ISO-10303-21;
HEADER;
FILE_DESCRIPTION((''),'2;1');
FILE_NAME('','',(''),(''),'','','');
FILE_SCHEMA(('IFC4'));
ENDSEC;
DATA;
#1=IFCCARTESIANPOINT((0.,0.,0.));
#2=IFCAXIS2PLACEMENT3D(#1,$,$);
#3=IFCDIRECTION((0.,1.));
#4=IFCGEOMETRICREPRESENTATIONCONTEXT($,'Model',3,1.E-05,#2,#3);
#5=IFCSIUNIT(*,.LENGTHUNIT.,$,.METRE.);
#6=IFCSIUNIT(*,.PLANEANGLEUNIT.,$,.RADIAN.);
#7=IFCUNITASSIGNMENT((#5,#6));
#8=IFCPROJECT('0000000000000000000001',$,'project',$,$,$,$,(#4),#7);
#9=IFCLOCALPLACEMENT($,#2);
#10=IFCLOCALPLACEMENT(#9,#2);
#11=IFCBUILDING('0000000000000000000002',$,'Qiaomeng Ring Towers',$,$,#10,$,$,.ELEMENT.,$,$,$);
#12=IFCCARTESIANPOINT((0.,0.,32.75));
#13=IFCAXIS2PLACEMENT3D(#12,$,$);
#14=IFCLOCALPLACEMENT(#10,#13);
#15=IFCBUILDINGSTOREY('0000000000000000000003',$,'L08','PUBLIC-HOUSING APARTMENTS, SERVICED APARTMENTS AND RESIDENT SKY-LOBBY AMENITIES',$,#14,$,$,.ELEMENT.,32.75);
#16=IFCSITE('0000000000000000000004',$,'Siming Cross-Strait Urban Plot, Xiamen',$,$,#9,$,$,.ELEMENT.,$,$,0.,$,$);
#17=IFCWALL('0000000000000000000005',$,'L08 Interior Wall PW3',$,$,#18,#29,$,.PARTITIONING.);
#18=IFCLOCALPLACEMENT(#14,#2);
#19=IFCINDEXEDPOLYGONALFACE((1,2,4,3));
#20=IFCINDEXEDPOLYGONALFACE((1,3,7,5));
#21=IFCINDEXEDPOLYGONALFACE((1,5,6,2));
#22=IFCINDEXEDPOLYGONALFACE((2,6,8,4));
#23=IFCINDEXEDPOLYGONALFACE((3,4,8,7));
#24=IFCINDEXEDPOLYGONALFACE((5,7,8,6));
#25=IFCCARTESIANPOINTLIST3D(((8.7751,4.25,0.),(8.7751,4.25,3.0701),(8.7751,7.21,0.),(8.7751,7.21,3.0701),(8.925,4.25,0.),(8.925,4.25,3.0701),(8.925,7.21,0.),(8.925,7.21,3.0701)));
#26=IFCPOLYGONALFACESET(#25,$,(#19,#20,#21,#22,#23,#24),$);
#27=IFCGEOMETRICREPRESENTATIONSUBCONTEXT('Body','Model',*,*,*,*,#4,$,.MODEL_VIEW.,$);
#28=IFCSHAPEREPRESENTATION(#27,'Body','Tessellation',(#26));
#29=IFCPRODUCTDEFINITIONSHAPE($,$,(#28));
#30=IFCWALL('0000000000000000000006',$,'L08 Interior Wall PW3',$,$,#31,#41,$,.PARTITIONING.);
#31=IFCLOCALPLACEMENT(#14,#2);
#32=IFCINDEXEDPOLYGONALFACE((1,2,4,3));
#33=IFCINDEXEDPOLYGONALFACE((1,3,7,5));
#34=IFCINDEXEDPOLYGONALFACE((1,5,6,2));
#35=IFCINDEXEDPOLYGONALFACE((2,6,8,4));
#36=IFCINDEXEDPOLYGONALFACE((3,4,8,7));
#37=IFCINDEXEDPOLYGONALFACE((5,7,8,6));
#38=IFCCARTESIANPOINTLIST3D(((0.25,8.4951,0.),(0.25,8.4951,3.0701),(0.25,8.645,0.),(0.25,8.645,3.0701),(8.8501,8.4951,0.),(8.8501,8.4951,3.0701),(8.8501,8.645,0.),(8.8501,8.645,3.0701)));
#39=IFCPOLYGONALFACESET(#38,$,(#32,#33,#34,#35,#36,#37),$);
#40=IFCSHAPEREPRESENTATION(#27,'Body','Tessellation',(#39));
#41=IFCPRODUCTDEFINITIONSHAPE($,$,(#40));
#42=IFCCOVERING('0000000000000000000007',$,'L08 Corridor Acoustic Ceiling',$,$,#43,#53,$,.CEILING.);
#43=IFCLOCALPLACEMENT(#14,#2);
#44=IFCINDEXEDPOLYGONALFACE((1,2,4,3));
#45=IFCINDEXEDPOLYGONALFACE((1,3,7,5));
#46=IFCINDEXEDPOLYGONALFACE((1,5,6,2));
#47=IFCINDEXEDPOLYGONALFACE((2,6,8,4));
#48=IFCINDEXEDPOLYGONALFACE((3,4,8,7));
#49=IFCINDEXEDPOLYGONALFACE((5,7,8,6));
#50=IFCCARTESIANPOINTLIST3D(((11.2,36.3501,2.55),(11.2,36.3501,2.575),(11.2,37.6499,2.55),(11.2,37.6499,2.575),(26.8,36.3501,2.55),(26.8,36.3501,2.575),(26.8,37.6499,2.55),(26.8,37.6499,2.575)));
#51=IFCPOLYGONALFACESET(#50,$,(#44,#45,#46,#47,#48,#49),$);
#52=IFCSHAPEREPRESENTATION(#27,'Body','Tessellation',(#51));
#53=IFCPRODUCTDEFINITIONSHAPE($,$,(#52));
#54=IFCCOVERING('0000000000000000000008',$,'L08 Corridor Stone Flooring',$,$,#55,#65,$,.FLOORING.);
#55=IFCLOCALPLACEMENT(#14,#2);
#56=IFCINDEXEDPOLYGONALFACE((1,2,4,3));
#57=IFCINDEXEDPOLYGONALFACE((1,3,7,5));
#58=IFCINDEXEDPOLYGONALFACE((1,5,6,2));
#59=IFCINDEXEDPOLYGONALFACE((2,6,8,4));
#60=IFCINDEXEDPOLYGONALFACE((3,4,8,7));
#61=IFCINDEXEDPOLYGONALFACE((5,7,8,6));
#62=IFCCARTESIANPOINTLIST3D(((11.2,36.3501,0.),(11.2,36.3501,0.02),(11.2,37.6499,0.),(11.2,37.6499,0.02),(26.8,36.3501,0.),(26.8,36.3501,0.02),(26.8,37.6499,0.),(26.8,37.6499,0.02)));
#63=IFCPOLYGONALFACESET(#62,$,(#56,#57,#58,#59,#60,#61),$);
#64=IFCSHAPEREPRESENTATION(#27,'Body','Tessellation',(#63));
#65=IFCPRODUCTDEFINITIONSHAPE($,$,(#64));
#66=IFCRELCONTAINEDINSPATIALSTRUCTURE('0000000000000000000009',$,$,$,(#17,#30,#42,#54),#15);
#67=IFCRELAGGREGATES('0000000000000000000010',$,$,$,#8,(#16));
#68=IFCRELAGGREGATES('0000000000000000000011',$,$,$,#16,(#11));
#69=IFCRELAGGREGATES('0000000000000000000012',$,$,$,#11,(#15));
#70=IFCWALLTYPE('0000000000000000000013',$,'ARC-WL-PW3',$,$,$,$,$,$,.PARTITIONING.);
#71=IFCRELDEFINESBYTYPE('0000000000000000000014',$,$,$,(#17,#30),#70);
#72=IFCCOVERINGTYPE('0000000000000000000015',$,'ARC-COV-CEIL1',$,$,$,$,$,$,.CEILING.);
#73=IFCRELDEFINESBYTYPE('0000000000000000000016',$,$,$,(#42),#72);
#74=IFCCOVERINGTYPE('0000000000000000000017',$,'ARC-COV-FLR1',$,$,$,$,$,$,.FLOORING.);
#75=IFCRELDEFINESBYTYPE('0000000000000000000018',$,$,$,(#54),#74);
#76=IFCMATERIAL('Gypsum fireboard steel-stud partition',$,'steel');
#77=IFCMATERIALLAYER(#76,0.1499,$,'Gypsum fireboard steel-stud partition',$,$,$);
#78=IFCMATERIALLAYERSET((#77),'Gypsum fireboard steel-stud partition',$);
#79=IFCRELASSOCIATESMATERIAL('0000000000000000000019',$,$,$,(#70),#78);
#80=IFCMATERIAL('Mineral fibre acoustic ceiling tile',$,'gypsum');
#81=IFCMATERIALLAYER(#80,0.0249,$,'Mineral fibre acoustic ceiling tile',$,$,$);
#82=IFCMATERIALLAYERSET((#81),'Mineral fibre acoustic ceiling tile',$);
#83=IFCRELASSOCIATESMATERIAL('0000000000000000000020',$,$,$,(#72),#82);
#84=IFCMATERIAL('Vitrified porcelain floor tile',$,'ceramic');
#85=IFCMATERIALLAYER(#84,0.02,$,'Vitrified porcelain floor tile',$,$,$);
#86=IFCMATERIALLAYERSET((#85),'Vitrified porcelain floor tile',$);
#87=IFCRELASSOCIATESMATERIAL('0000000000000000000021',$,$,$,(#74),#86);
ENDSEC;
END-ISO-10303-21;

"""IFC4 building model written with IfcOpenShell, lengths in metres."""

from ifc_helpers import new_model, si_unit, direction, frame, frame_2d, origin, place, context, subcontext, project, spatial, polyline, rectangle, outline, extrude, material, layer, layer_set, type_object, element, save


model = new_model("IFC4")

# Units and contexts
model_context = context("Model", 3, precision=1e-05, world=origin(), true_north=direction((0.0, 1.0)))
body_context = subcontext(model_context, "Body", "Model", "MODEL_VIEW")
ifc_project = project(units=[si_unit("LENGTHUNIT", "METRE"), si_unit("PLANEANGLEUNIT", "RADIAN")], contexts=[model_context])

# Site, building, storey
site_placement = place(None, origin())
site = spatial("IfcSite", under=ifc_project, at=site_placement, Name="Siming Cross-Strait Urban Plot, Xiamen", CompositionType="ELEMENT", RefElevation=0.0)
building_placement = place(site_placement, origin())
building = spatial("IfcBuilding", under=site, at=building_placement, Name="Qiaomeng Ring Towers", CompositionType="ELEMENT")
storey_placement = place(building_placement, frame((0.0, 0.0, 32.75)))
storey = spatial("IfcBuildingStorey", under=building, at=storey_placement, Name="L08", Description="PUBLIC-HOUSING APARTMENTS, SERVICED APARTMENTS AND RESIDENT SKY-LOBBY AMENITIES", CompositionType="ELEMENT", Elevation=32.75)

# Walls
ifc_material_1 = material(Name="Gypsum fireboard steel-stud partition", Category="steel")
ifc_layer_1 = layer(ifc_material_1, 0.1499, Name="Gypsum fireboard steel-stud partition")
ifc_layer_set_1 = layer_set([ifc_layer_1], Name="Gypsum fireboard steel-stud partition")
wall_type_1 = type_object("IfcWallType", Name="ARC-WL-PW3", PredefinedType="PARTITIONING", material=ifc_layer_set_1)
wall_1_placement = place(storey_placement, frame((8.8501, 4.25, 0.0), z_axis=(0.0, 0.0, 1.0), x_axis=(0.0, 1.0, 0.0)))
element("IfcWall", 1, at=wall_1_placement, inside=storey, type_object=wall_type_1, Name="L08 Interior Wall PW3", PredefinedType="PARTITIONING", context=body_context, shape_type="SweptSolid", body=[
    extrude(rectangle(XDim=2.96, YDim=0.1499, at=frame_2d((1.48, 0.0))), origin(), (0.0, 0.0, 1.0), 3.0701),
])
wall_2_placement = place(storey_placement, frame((0.25, 8.5701, 0.0), z_axis=(0.0, 0.0, 1.0), x_axis=(1.0, 0.0, 0.0)))
element("IfcWall", 2, at=wall_2_placement, inside=storey, type_object=wall_type_1, Name="L08 Interior Wall PW3", PredefinedType="PARTITIONING", context=body_context, shape_type="SweptSolid", body=[
    extrude(rectangle(XDim=8.6001, YDim=0.1499, at=frame_2d((4.3, 0.0))), origin(), (0.0, 0.0, 1.0), 3.0701),
])

# Coverings
ifc_material_2 = material(Name="Mineral fibre acoustic ceiling tile", Category="gypsum")
ifc_layer_2 = layer(ifc_material_2, 0.0249, Name="Mineral fibre acoustic ceiling tile")
ifc_layer_set_2 = layer_set([ifc_layer_2], Name="Mineral fibre acoustic ceiling tile")
covering_type_1 = type_object("IfcCoveringType", Name="ARC-COV-CEIL1", PredefinedType="CEILING", material=ifc_layer_set_2)
covering_1_placement = place(storey_placement, frame((0.0, 0.0, 2.55)))
element("IfcCovering", 3, at=covering_1_placement, inside=storey, type_object=covering_type_1, Name="L08 Corridor Acoustic Ceiling", PredefinedType="CEILING", context=body_context, shape_type="SweptSolid", body=[
    extrude(outline(polyline([(11.2, 36.3501), (11.2, 37.6499), (26.8, 37.6499), (26.8, 36.3501), (11.2, 36.3501)])), origin(), (0.0, 0.0, 1.0), 0.0249),
])
ifc_material_3 = material(Name="Vitrified porcelain floor tile", Category="ceramic")
ifc_layer_3 = layer(ifc_material_3, 0.02, Name="Vitrified porcelain floor tile")
ifc_layer_set_3 = layer_set([ifc_layer_3], Name="Vitrified porcelain floor tile")
covering_type_2 = type_object("IfcCoveringType", Name="ARC-COV-FLR1", PredefinedType="FLOORING", material=ifc_layer_set_3)
covering_2_placement = place(storey_placement, origin())
element("IfcCovering", 4, at=covering_2_placement, inside=storey, type_object=covering_type_2, Name="L08 Corridor Stone Flooring", PredefinedType="FLOORING", context=body_context, shape_type="SweptSolid", body=[
    extrude(outline(polyline([(11.2, 36.3501), (11.2, 37.6499), (26.8, 37.6499), (26.8, 36.3501), (11.2, 36.3501)])), origin(), (0.0, 0.0, 1.0), 0.02),
])

save(model, "model.ifc")
